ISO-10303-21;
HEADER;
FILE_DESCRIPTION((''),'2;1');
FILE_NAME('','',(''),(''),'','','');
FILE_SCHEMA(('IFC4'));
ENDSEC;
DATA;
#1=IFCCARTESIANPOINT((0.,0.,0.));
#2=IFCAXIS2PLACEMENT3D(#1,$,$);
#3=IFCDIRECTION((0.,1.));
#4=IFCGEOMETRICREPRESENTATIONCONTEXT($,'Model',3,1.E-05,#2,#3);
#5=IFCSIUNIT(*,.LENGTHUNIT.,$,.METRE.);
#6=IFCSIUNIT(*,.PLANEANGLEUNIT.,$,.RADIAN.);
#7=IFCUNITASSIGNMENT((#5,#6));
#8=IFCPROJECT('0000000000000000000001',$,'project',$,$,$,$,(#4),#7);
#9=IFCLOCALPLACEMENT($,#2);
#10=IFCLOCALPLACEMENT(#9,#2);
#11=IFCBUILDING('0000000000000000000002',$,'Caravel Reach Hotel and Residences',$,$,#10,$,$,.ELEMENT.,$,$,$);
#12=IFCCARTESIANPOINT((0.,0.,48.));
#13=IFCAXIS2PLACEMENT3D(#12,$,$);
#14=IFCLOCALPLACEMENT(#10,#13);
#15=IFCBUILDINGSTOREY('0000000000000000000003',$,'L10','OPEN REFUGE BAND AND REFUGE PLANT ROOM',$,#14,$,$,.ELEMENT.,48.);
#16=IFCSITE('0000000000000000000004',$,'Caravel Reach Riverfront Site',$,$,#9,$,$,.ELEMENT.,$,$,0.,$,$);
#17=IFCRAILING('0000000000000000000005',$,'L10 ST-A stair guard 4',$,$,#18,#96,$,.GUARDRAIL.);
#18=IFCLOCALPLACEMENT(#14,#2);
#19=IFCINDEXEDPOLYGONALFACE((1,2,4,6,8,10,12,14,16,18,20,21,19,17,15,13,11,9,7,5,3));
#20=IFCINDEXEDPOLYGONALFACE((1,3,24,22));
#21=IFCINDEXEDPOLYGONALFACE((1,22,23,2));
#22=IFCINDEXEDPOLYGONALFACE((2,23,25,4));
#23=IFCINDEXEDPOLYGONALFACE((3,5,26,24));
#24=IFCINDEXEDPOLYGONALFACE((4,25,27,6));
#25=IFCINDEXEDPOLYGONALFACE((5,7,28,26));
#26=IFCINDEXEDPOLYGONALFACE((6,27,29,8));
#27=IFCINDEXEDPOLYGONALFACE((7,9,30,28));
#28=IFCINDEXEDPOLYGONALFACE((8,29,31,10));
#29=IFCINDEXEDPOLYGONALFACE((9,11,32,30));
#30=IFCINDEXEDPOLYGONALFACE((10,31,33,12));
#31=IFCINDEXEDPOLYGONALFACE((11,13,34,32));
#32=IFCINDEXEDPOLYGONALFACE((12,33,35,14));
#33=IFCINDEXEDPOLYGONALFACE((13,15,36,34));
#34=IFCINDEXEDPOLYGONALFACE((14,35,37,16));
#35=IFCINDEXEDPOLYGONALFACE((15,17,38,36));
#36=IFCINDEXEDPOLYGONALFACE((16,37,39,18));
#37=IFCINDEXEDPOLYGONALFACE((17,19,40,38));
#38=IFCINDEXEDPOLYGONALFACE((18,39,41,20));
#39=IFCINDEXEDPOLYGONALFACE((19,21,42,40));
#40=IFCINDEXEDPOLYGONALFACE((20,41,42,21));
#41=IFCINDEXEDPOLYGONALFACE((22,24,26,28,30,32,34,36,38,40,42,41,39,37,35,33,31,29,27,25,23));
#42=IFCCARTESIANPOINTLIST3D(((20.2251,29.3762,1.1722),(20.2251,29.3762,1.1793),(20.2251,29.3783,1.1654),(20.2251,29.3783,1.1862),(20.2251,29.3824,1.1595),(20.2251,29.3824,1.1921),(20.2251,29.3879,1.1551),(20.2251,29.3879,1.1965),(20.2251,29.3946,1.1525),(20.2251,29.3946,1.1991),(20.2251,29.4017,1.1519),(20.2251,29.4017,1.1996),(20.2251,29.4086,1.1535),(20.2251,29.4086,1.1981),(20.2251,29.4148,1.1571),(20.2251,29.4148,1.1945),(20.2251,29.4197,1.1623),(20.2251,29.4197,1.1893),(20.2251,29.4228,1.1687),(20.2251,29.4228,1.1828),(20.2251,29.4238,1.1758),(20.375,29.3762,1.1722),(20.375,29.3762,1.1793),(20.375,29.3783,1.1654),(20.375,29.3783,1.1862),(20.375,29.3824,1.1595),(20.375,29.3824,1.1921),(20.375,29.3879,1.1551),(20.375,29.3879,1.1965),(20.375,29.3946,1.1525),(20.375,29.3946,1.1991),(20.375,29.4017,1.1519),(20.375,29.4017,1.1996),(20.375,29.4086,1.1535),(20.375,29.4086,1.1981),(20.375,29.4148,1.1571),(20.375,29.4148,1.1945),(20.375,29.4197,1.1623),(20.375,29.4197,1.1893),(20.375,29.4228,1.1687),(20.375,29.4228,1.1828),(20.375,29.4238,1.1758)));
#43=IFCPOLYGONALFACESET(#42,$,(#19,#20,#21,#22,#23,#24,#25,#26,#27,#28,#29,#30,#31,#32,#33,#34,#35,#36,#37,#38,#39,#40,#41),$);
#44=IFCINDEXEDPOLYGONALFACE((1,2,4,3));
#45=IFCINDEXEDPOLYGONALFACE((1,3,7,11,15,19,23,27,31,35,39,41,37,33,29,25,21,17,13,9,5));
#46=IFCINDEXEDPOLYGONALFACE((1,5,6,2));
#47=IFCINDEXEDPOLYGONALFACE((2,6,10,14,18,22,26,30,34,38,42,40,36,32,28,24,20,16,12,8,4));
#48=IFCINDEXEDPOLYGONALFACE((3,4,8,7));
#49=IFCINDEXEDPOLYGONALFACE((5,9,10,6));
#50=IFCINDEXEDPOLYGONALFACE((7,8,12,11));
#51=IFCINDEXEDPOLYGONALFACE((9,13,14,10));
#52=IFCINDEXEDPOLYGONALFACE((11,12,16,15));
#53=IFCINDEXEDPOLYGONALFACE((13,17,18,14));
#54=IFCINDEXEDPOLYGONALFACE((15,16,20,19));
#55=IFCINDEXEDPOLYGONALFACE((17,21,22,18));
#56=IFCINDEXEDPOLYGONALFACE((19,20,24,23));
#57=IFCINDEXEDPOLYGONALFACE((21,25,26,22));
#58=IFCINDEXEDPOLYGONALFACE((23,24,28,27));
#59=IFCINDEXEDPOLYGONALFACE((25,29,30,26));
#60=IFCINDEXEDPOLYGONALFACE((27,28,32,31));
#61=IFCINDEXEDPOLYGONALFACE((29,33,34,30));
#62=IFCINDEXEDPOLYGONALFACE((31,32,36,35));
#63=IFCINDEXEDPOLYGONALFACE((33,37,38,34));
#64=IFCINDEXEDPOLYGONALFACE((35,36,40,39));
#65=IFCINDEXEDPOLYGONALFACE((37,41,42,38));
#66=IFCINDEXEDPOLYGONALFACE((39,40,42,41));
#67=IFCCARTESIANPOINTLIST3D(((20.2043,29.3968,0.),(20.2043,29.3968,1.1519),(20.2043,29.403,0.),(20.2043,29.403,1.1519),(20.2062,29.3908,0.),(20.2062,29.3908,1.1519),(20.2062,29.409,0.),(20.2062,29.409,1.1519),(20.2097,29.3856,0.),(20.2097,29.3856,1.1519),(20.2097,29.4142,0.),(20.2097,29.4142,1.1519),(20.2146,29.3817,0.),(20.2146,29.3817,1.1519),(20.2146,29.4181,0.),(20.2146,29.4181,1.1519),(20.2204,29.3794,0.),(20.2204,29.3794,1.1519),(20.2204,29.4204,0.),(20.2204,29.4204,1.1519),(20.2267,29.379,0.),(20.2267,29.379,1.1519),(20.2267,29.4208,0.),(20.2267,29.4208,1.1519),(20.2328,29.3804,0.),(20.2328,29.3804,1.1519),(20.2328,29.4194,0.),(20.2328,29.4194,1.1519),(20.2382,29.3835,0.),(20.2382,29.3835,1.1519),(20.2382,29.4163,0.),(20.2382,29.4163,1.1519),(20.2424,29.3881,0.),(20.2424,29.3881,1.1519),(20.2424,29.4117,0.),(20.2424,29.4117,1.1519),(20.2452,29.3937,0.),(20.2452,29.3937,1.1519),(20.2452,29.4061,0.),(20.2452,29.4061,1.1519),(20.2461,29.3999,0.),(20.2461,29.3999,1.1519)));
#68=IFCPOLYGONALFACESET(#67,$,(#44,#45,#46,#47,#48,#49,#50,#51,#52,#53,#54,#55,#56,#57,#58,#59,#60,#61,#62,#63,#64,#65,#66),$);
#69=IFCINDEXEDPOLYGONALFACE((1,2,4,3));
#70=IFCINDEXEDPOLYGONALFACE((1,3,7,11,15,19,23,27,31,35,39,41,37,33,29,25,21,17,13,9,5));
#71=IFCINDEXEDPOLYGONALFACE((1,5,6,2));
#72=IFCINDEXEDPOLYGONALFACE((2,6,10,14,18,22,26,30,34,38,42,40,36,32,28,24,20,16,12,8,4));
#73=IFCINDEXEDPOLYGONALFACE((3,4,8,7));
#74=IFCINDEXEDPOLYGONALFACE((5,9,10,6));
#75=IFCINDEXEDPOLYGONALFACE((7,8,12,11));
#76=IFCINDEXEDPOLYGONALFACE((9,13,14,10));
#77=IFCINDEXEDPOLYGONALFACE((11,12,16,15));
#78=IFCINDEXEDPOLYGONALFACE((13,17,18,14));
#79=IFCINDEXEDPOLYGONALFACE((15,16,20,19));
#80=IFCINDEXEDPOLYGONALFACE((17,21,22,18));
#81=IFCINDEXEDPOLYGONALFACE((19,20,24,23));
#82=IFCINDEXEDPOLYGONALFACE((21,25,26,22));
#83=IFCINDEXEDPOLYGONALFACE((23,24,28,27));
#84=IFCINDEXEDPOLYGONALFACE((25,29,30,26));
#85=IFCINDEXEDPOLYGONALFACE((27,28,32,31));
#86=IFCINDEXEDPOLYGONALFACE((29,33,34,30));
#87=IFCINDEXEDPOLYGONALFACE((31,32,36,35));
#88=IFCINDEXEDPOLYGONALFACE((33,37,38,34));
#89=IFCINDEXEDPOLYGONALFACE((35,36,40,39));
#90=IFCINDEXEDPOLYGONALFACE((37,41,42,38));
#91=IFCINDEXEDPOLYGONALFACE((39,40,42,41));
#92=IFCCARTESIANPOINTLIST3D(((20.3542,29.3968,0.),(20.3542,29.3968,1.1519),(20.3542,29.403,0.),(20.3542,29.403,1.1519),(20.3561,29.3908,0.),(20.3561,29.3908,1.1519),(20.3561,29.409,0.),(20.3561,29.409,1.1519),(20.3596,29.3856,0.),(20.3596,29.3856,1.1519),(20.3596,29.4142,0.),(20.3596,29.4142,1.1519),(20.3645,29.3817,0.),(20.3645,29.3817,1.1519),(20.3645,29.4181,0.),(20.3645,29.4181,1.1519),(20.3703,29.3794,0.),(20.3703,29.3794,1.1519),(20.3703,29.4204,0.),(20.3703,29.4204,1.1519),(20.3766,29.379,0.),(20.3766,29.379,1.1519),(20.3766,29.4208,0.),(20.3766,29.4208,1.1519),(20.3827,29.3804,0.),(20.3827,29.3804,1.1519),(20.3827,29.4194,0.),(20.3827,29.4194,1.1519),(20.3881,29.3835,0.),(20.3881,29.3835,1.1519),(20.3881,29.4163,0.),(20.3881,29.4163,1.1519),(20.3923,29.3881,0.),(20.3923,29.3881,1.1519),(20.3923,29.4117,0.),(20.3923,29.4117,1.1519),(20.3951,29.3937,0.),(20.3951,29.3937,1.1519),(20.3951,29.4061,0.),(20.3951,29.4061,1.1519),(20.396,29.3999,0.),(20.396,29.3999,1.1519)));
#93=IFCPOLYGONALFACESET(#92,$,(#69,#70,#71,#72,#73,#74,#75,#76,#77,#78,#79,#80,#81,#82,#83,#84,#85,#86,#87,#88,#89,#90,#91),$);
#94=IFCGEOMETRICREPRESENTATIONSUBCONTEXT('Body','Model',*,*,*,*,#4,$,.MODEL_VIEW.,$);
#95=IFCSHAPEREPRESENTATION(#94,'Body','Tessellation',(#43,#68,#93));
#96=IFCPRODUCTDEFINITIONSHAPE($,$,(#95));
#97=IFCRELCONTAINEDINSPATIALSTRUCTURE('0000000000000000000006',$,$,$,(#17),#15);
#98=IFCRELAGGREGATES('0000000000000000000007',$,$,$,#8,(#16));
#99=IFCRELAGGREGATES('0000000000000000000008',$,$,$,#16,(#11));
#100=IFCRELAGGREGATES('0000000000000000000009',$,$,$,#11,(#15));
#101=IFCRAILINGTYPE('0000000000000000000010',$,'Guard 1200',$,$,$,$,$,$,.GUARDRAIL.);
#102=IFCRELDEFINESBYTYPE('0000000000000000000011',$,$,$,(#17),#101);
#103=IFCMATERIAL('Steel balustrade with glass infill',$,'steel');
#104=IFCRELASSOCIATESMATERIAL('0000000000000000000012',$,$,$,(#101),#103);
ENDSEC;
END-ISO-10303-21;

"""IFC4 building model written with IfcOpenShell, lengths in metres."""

from ifc_helpers import new_model, si_unit, direction, frame, origin, origin_2d, place, context, subcontext, project, spatial, circle, extrude, material, type_object, element, save


model = new_model("IFC4")

# Units and contexts
model_context = context("Model", 3, precision=1e-05, world=origin(), true_north=direction((0.0, 1.0)))
body_context = subcontext(model_context, "Body", "Model", "MODEL_VIEW")
ifc_project = project(units=[si_unit("LENGTHUNIT", "METRE"), si_unit("PLANEANGLEUNIT", "RADIAN")], contexts=[model_context])

# Site, building, storey
site_placement = place(None, origin())
site = spatial("IfcSite", under=ifc_project, at=site_placement, Name="Caravel Reach Riverfront Site", CompositionType="ELEMENT", RefElevation=0.0)
building_placement = place(site_placement, origin())
building = spatial("IfcBuilding", under=site, at=building_placement, Name="Caravel Reach Hotel and Residences", CompositionType="ELEMENT")
storey_placement = place(building_placement, frame((0.0, 0.0, 48.0)))
storey = spatial("IfcBuildingStorey", under=building, at=storey_placement, Name="L10", Description="OPEN REFUGE BAND AND REFUGE PLANT ROOM", CompositionType="ELEMENT", Elevation=48.0)

# Railing
ifc_material_1 = material(Name="Steel balustrade with glass infill", Category="steel")
railing_type_1 = type_object("IfcRailingType", Name="Guard 1200", PredefinedType="GUARDRAIL", material=ifc_material_1)
railing_1_placement = place(storey_placement, frame((20.2251, 29.3999, 0.0)))
element("IfcRailing", 1, at=railing_1_placement, inside=storey, type_object=railing_type_1, Name="L10 ST-A stair guard 4", PredefinedType="GUARDRAIL", context=body_context, shape_type="SweptSolid", body=[
    extrude(circle(Radius=0.0239, at=origin_2d()), frame((0.0, 0.0, 1.1758), z_axis=(1.0, 0.0, 0.0), x_axis=(0.0, 1.0, 0.0)), (0.0, 0.0, 1.0), 0.1499),
    extrude(circle(Radius=0.021, at=origin_2d()), origin(), (0.0, 0.0, 1.0), 1.1519),
    extrude(circle(Radius=0.021, at=origin_2d()), frame((0.1499, 0.0, 0.0)), (0.0, 0.0, 1.0), 1.1519),
])

save(model, "model.ifc")
